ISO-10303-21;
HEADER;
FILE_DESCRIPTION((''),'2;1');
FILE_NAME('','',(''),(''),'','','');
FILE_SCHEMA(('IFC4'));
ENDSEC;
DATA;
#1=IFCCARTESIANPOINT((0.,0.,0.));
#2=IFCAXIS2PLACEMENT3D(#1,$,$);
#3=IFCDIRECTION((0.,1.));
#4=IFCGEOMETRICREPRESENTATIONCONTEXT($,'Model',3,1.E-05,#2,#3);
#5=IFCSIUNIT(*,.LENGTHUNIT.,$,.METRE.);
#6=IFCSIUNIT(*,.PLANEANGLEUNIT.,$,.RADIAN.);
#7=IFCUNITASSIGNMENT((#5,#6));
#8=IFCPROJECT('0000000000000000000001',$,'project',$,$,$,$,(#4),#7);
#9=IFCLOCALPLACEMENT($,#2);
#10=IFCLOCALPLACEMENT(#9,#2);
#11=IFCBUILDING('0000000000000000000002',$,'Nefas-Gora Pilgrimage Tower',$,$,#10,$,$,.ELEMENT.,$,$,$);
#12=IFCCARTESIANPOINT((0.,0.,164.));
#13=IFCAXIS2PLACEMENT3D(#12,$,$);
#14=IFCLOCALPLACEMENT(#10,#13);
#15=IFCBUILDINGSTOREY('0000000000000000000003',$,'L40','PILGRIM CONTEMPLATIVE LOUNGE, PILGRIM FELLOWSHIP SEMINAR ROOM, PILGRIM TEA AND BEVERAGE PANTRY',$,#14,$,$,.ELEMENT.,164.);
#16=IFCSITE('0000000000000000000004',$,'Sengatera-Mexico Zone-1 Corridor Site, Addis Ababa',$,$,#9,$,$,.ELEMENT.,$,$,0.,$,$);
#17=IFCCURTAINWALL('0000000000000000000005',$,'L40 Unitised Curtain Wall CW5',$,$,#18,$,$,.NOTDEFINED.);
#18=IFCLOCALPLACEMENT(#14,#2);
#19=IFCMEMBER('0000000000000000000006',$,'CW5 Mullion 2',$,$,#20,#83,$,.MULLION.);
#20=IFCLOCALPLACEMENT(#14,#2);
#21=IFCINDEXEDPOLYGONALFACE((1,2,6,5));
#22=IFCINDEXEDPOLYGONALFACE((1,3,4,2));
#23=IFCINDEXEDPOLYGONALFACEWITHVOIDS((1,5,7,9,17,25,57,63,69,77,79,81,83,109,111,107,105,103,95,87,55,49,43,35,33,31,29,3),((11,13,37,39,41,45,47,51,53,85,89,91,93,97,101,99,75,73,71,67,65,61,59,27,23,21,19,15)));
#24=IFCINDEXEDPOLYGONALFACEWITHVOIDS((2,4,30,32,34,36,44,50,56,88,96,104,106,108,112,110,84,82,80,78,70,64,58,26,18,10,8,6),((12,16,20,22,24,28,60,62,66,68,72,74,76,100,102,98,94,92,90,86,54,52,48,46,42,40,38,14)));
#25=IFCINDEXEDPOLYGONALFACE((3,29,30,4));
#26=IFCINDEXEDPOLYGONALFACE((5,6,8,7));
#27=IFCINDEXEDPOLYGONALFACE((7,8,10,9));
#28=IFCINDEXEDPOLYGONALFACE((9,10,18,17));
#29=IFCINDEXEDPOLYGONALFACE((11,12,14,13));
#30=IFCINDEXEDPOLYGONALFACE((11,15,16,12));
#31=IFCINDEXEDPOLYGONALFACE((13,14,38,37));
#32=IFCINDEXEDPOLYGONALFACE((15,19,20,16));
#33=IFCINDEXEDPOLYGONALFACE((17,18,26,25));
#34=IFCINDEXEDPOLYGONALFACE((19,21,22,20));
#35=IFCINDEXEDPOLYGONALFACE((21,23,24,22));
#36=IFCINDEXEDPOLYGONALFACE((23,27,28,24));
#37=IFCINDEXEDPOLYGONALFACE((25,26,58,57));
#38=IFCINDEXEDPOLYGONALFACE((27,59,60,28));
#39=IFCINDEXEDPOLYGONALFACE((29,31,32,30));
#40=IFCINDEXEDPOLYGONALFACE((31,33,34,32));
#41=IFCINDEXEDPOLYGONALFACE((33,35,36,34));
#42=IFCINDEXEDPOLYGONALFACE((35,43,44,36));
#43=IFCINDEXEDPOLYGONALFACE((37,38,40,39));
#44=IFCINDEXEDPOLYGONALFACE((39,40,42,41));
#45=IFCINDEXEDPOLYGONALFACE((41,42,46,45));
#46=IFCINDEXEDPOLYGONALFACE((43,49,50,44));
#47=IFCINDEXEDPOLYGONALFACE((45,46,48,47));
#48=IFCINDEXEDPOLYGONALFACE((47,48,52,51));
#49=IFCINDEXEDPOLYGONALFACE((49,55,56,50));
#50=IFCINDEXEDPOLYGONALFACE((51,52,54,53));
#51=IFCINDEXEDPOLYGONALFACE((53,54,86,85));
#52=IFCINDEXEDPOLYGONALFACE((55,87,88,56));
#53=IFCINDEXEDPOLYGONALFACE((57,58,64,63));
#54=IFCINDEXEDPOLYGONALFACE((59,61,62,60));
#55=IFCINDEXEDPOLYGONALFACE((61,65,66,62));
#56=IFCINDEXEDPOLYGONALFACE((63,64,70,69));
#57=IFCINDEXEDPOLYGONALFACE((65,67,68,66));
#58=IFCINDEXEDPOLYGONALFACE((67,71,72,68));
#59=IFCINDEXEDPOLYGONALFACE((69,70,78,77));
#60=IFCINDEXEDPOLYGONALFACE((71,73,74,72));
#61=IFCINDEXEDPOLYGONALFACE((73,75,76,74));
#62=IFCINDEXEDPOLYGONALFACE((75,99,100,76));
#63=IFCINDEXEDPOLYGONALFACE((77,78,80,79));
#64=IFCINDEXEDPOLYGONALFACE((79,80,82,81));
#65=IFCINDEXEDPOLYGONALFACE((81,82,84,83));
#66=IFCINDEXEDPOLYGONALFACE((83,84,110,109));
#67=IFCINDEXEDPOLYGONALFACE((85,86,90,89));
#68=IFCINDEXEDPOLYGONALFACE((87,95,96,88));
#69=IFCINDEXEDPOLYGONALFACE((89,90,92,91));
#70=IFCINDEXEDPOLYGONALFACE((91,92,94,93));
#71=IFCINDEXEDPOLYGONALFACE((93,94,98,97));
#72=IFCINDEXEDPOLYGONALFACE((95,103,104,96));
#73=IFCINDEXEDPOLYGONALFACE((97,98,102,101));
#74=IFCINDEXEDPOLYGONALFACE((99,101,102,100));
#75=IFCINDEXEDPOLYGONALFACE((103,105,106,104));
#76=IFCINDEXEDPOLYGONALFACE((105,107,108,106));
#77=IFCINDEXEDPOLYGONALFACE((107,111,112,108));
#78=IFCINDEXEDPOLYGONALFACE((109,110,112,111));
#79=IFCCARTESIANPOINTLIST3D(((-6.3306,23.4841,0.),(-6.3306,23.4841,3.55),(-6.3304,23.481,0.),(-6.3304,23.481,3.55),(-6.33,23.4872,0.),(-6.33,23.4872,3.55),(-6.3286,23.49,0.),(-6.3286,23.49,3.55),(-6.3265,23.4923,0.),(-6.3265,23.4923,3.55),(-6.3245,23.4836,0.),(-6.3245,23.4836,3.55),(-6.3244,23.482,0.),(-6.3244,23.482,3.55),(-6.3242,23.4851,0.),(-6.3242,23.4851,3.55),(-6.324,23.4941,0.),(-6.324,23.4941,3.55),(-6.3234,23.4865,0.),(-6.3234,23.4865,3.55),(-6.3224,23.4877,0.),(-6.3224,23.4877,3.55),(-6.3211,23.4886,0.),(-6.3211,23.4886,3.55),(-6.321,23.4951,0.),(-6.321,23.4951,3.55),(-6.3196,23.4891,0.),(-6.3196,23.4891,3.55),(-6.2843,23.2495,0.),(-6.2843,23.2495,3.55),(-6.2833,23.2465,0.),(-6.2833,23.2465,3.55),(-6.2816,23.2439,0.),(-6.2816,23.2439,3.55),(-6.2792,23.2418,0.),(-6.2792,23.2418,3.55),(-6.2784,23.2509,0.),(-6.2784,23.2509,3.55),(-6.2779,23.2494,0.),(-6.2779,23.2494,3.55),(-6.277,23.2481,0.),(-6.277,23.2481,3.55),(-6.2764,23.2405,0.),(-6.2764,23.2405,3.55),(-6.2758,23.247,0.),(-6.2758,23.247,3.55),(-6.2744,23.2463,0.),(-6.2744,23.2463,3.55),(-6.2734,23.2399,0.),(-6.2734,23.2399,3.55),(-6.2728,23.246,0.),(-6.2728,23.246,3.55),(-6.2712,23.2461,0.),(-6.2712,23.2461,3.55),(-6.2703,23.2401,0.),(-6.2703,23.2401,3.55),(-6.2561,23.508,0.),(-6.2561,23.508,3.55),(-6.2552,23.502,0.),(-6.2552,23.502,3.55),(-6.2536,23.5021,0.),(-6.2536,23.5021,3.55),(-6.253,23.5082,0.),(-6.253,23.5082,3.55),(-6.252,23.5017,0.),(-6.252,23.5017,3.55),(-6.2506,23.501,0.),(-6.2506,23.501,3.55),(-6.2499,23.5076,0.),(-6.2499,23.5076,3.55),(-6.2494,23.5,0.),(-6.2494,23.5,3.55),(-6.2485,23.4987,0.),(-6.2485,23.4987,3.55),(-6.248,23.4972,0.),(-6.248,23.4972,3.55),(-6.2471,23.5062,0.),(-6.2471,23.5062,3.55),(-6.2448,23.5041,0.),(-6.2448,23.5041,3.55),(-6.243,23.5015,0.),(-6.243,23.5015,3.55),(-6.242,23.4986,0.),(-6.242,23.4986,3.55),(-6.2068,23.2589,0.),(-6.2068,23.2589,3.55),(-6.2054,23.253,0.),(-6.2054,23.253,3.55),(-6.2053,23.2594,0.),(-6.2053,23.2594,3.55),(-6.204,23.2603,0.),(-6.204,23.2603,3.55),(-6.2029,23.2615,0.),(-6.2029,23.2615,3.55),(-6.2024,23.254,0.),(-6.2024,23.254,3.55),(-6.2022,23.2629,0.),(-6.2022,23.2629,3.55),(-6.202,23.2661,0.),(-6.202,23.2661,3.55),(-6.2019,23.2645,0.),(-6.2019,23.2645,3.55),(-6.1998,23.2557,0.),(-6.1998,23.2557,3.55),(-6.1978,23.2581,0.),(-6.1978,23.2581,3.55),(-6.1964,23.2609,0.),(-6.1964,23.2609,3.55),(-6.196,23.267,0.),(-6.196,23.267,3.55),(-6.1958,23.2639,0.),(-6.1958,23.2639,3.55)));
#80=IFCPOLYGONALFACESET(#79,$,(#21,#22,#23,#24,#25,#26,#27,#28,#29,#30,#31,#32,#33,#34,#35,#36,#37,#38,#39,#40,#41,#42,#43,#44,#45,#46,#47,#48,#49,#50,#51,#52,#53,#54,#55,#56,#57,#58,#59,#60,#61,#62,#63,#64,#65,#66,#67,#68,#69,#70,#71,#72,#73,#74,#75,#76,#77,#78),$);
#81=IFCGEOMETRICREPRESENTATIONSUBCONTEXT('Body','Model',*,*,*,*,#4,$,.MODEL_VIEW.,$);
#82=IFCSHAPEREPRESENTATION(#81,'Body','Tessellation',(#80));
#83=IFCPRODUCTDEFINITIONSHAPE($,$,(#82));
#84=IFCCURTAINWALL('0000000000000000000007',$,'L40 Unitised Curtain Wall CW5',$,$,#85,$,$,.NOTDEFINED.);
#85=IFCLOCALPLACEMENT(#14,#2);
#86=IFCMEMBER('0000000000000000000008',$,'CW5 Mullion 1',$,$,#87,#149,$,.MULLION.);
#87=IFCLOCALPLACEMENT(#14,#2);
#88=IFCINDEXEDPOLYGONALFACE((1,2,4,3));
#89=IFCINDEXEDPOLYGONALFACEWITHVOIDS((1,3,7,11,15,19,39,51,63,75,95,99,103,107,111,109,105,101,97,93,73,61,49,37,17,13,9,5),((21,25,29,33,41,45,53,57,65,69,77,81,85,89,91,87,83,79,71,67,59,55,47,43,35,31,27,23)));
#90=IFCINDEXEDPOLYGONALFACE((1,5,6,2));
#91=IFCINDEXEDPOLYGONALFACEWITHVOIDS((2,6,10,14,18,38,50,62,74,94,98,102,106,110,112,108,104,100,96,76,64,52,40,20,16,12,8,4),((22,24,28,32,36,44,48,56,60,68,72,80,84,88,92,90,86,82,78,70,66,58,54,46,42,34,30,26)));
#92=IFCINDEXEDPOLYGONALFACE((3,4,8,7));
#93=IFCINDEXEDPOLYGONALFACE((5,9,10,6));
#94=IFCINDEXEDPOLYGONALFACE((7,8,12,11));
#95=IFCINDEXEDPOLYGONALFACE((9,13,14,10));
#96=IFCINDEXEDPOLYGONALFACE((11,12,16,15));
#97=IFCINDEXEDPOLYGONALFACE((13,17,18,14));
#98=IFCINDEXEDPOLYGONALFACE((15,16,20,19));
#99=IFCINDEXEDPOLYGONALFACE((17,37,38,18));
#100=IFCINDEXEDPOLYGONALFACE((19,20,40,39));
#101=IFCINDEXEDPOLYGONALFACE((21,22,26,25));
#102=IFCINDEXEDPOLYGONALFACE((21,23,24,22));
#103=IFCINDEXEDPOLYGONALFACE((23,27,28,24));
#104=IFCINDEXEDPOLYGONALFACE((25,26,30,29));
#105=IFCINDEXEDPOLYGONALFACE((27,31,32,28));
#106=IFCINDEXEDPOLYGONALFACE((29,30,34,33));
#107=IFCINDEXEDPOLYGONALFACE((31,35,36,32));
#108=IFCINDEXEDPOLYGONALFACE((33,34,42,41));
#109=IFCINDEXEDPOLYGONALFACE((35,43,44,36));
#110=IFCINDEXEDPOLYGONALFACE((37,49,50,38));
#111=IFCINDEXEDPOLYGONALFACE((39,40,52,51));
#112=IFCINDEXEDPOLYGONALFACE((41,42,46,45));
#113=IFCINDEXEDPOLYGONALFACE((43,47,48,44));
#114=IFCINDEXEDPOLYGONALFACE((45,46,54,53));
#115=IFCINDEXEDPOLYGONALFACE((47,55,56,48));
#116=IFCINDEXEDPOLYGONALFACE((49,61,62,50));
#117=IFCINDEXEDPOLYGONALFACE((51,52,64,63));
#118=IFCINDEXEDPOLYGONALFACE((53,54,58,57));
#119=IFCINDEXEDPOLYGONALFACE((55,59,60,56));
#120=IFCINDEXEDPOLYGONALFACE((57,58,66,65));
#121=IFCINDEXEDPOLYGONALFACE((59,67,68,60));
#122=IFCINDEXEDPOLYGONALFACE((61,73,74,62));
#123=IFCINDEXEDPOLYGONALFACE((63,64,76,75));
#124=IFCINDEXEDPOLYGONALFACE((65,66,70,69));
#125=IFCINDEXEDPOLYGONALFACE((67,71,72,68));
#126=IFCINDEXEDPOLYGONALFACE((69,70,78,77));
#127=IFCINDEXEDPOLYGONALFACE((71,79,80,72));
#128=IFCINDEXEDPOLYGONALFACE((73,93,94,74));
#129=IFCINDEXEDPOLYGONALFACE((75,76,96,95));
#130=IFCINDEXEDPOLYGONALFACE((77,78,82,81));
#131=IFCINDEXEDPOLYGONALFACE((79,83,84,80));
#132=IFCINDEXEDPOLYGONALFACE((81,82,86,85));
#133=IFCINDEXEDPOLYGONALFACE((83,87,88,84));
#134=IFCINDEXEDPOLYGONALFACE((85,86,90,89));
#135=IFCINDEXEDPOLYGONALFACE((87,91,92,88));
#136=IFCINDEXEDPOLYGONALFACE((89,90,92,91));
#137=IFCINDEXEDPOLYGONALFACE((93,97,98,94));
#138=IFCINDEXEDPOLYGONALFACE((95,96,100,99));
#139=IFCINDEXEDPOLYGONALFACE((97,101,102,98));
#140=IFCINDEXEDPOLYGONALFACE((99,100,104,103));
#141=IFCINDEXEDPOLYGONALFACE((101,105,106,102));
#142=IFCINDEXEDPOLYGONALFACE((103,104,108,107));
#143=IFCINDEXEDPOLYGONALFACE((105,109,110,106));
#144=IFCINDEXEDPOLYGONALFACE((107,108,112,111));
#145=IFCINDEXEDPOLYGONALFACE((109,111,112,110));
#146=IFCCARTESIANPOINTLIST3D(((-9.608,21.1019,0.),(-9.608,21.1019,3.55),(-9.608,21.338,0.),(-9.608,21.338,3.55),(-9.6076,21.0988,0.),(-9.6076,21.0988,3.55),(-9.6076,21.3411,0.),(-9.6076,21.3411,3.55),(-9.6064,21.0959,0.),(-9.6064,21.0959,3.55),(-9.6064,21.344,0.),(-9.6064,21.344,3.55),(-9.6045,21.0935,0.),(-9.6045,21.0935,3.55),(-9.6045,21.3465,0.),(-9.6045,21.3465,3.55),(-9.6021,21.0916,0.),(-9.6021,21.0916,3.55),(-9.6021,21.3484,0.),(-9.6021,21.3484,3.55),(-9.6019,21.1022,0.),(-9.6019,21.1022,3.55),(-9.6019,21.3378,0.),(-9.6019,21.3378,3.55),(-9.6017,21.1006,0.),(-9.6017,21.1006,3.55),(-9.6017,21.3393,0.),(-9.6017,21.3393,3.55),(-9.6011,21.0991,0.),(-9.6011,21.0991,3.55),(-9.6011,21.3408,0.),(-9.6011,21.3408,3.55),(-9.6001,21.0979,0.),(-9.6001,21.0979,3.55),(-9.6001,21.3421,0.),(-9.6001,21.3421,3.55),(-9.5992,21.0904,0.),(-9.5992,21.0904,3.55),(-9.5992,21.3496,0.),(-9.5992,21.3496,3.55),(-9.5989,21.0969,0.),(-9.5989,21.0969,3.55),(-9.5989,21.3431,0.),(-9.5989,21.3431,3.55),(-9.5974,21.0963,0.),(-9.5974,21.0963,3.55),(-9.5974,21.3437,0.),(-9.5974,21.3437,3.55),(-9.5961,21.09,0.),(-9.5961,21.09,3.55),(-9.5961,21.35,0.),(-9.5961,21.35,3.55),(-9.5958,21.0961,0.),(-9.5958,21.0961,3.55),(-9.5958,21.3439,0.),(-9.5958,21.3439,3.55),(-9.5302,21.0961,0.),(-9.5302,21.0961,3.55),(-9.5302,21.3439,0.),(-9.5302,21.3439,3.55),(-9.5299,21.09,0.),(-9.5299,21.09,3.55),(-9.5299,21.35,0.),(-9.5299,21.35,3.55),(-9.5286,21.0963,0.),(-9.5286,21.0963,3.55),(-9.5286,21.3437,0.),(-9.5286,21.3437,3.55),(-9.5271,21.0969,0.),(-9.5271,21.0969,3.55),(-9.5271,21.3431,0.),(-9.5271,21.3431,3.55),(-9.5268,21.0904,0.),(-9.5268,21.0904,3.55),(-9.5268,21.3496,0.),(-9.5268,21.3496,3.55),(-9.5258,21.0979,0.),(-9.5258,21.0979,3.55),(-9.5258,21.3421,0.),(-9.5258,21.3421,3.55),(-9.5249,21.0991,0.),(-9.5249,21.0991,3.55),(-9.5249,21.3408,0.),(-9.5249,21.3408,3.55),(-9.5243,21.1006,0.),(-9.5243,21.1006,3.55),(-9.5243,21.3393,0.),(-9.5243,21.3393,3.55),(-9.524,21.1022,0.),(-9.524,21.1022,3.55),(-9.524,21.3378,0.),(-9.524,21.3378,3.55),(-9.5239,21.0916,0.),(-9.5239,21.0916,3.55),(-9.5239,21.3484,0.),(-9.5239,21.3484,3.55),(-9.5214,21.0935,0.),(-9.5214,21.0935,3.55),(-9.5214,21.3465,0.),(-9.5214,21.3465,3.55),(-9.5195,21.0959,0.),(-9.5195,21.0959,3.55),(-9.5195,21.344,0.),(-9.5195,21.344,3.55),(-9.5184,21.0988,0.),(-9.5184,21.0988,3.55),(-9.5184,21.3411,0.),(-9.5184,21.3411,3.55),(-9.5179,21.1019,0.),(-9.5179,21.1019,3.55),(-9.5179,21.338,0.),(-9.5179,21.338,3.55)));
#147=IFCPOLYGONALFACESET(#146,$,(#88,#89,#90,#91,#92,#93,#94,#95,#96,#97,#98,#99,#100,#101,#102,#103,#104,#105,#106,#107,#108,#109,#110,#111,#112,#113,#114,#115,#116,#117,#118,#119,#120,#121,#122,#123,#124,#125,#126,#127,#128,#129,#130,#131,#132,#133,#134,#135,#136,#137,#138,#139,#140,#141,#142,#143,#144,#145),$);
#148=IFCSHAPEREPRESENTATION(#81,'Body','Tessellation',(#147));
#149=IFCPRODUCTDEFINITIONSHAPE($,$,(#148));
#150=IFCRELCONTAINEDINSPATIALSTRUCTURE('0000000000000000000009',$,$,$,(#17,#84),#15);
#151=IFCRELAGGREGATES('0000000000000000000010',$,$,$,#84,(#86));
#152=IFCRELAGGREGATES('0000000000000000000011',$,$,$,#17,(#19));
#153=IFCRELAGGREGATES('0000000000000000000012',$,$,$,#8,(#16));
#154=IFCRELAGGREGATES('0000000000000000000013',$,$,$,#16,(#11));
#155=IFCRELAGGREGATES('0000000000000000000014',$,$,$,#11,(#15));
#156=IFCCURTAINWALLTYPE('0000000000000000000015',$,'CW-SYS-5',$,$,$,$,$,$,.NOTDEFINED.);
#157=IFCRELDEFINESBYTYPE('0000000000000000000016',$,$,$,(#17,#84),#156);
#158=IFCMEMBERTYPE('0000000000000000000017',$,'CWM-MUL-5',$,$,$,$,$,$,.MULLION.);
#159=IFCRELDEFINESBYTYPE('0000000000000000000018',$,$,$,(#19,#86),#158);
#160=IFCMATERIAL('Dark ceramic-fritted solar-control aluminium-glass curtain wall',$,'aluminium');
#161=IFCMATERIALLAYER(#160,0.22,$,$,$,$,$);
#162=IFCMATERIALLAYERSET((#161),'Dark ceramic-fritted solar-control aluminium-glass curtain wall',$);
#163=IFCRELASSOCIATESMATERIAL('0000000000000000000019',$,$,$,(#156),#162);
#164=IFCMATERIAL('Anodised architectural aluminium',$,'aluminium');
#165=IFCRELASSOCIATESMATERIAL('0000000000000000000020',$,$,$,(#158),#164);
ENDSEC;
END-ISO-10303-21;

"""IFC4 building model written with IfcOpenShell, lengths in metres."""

from ifc_helpers import new_model, si_unit, direction, frame, origin, origin_2d, place, context, subcontext, project, spatial, hollow_rectangle, extrude, source, transform, mapped, material, layer, layer_set, material_profile, profile_set, type_object, element, aggregate, save


model = new_model("IFC4")

# Units and contexts
model_context = context("Model", 3, precision=1e-05, world=origin(), true_north=direction((0.0, 1.0)))
body_context = subcontext(model_context, "Body", "Model", "MODEL_VIEW")
ifc_project = project(units=[si_unit("LENGTHUNIT", "METRE"), si_unit("PLANEANGLEUNIT", "RADIAN")], contexts=[model_context])

# Site, building, storey
site_placement = place(None, origin())
site = spatial("IfcSite", under=ifc_project, at=site_placement, Name="Sengatera-Mexico Zone-1 Corridor Site, Addis Ababa", CompositionType="ELEMENT", RefElevation=0.0)
building_placement = place(site_placement, origin())
building = spatial("IfcBuilding", under=site, at=building_placement, Name="Nefas-Gora Pilgrimage Tower", CompositionType="ELEMENT")
storey_placement = place(building_placement, frame((0.0, 0.0, 164.0)))
storey = spatial("IfcBuildingStorey", under=building, at=storey_placement, Name="L40", Description="PILGRIM CONTEMPLATIVE LOUNGE, PILGRIM FELLOWSHIP SEMINAR ROOM, PILGRIM TEA AND BEVERAGE PANTRY", CompositionType="ELEMENT", Elevation=164.0)

# Curtain walls, members
ifc_material_1 = material(Name="Dark ceramic-fritted solar-control aluminium-glass curtain wall", Category="aluminium")
ifc_layer_1 = layer(ifc_material_1, 0.22)
ifc_layer_set_1 = layer_set([ifc_layer_1], Name="Dark ceramic-fritted solar-control aluminium-glass curtain wall")
curtain_wall_type = type_object("IfcCurtainWallType", Name="CW-SYS-5", PredefinedType="NOTDEFINED", material=ifc_layer_set_1)
curtain_wall_1_placement = place(storey_placement, origin())
curtain_wall_1 = element("IfcCurtainWall", 1, at=curtain_wall_1_placement, inside=storey, type_object=curtain_wall_type, Name="L40 Unitised Curtain Wall CW5", PredefinedType="NOTDEFINED")
ifc_material_2 = material(Name="Anodised architectural aluminium", Category="aluminium")
ifc_material_profile_1 = material_profile(ifc_material_2, hollow_rectangle(XDim=0.0901, YDim=0.26, WallThickness=0.0061, InnerFilletRadius=0.0061, OuterFilletRadius=0.012, at=origin_2d()), Name="ALU MULLION 90x260")
ifc_profile_set_1 = profile_set([ifc_material_profile_1], Name="Anodised architectural aluminium")
member_type_1 = type_object("IfcMemberType", Name="CWM-MUL-5", PredefinedType="MULLION", material=ifc_profile_set_1)
shared_shape_1 = source(origin(), body_context, "Body", "SweptSolid", [
    extrude(hollow_rectangle(XDim=0.0901, YDim=0.26, WallThickness=0.0061, InnerFilletRadius=0.0061, OuterFilletRadius=0.012, at=origin_2d()), origin(), (0.0, 0.0, 1.0), 3.55),
])
member_1_placement = place(storey_placement, frame((-6.2632, 23.374, 0.0), z_axis=(0.0, 0.0, 1.0), x_axis=(-0.980783, -0.195102, 0.0)))
member_1 = element("IfcMember", 2, at=member_1_placement, type_object=member_type_1, Name="CW5 Mullion 2", PredefinedType="MULLION", context=body_context, shape_type="MappedRepresentation", body=[
    mapped(shared_shape_1, transform((0.0, 0.0, 0.0), x_axis=(1.0, 0.0, 0.0), y_axis=(0.0, 1.0, 0.0), z_axis=(0.0, 0.0, 1.0), scale=1.0)),
])
curtain_wall_2_placement = place(storey_placement, origin())
curtain_wall_2 = element("IfcCurtainWall", 3, at=curtain_wall_2_placement, inside=storey, type_object=curtain_wall_type, Name="L40 Unitised Curtain Wall CW5", PredefinedType="NOTDEFINED")
member_2_placement = place(storey_placement, frame((-9.563, 21.22, 0.0), z_axis=(0.0, 0.0, 1.0), x_axis=(-1.0, 0.0, 0.0)))
member_2 = element("IfcMember", 4, at=member_2_placement, type_object=member_type_1, Name="CW5 Mullion 1", PredefinedType="MULLION", context=body_context, shape_type="MappedRepresentation", body=[
    mapped(shared_shape_1, transform((0.0, 0.0, 0.0), x_axis=(1.0, 0.0, 0.0), y_axis=(0.0, 1.0, 0.0), z_axis=(0.0, 0.0, 1.0), scale=1.0)),
])
aggregate(curtain_wall_2, [member_2])

aggregate(curtain_wall_1, [member_1])

save(model, "model.ifc")
